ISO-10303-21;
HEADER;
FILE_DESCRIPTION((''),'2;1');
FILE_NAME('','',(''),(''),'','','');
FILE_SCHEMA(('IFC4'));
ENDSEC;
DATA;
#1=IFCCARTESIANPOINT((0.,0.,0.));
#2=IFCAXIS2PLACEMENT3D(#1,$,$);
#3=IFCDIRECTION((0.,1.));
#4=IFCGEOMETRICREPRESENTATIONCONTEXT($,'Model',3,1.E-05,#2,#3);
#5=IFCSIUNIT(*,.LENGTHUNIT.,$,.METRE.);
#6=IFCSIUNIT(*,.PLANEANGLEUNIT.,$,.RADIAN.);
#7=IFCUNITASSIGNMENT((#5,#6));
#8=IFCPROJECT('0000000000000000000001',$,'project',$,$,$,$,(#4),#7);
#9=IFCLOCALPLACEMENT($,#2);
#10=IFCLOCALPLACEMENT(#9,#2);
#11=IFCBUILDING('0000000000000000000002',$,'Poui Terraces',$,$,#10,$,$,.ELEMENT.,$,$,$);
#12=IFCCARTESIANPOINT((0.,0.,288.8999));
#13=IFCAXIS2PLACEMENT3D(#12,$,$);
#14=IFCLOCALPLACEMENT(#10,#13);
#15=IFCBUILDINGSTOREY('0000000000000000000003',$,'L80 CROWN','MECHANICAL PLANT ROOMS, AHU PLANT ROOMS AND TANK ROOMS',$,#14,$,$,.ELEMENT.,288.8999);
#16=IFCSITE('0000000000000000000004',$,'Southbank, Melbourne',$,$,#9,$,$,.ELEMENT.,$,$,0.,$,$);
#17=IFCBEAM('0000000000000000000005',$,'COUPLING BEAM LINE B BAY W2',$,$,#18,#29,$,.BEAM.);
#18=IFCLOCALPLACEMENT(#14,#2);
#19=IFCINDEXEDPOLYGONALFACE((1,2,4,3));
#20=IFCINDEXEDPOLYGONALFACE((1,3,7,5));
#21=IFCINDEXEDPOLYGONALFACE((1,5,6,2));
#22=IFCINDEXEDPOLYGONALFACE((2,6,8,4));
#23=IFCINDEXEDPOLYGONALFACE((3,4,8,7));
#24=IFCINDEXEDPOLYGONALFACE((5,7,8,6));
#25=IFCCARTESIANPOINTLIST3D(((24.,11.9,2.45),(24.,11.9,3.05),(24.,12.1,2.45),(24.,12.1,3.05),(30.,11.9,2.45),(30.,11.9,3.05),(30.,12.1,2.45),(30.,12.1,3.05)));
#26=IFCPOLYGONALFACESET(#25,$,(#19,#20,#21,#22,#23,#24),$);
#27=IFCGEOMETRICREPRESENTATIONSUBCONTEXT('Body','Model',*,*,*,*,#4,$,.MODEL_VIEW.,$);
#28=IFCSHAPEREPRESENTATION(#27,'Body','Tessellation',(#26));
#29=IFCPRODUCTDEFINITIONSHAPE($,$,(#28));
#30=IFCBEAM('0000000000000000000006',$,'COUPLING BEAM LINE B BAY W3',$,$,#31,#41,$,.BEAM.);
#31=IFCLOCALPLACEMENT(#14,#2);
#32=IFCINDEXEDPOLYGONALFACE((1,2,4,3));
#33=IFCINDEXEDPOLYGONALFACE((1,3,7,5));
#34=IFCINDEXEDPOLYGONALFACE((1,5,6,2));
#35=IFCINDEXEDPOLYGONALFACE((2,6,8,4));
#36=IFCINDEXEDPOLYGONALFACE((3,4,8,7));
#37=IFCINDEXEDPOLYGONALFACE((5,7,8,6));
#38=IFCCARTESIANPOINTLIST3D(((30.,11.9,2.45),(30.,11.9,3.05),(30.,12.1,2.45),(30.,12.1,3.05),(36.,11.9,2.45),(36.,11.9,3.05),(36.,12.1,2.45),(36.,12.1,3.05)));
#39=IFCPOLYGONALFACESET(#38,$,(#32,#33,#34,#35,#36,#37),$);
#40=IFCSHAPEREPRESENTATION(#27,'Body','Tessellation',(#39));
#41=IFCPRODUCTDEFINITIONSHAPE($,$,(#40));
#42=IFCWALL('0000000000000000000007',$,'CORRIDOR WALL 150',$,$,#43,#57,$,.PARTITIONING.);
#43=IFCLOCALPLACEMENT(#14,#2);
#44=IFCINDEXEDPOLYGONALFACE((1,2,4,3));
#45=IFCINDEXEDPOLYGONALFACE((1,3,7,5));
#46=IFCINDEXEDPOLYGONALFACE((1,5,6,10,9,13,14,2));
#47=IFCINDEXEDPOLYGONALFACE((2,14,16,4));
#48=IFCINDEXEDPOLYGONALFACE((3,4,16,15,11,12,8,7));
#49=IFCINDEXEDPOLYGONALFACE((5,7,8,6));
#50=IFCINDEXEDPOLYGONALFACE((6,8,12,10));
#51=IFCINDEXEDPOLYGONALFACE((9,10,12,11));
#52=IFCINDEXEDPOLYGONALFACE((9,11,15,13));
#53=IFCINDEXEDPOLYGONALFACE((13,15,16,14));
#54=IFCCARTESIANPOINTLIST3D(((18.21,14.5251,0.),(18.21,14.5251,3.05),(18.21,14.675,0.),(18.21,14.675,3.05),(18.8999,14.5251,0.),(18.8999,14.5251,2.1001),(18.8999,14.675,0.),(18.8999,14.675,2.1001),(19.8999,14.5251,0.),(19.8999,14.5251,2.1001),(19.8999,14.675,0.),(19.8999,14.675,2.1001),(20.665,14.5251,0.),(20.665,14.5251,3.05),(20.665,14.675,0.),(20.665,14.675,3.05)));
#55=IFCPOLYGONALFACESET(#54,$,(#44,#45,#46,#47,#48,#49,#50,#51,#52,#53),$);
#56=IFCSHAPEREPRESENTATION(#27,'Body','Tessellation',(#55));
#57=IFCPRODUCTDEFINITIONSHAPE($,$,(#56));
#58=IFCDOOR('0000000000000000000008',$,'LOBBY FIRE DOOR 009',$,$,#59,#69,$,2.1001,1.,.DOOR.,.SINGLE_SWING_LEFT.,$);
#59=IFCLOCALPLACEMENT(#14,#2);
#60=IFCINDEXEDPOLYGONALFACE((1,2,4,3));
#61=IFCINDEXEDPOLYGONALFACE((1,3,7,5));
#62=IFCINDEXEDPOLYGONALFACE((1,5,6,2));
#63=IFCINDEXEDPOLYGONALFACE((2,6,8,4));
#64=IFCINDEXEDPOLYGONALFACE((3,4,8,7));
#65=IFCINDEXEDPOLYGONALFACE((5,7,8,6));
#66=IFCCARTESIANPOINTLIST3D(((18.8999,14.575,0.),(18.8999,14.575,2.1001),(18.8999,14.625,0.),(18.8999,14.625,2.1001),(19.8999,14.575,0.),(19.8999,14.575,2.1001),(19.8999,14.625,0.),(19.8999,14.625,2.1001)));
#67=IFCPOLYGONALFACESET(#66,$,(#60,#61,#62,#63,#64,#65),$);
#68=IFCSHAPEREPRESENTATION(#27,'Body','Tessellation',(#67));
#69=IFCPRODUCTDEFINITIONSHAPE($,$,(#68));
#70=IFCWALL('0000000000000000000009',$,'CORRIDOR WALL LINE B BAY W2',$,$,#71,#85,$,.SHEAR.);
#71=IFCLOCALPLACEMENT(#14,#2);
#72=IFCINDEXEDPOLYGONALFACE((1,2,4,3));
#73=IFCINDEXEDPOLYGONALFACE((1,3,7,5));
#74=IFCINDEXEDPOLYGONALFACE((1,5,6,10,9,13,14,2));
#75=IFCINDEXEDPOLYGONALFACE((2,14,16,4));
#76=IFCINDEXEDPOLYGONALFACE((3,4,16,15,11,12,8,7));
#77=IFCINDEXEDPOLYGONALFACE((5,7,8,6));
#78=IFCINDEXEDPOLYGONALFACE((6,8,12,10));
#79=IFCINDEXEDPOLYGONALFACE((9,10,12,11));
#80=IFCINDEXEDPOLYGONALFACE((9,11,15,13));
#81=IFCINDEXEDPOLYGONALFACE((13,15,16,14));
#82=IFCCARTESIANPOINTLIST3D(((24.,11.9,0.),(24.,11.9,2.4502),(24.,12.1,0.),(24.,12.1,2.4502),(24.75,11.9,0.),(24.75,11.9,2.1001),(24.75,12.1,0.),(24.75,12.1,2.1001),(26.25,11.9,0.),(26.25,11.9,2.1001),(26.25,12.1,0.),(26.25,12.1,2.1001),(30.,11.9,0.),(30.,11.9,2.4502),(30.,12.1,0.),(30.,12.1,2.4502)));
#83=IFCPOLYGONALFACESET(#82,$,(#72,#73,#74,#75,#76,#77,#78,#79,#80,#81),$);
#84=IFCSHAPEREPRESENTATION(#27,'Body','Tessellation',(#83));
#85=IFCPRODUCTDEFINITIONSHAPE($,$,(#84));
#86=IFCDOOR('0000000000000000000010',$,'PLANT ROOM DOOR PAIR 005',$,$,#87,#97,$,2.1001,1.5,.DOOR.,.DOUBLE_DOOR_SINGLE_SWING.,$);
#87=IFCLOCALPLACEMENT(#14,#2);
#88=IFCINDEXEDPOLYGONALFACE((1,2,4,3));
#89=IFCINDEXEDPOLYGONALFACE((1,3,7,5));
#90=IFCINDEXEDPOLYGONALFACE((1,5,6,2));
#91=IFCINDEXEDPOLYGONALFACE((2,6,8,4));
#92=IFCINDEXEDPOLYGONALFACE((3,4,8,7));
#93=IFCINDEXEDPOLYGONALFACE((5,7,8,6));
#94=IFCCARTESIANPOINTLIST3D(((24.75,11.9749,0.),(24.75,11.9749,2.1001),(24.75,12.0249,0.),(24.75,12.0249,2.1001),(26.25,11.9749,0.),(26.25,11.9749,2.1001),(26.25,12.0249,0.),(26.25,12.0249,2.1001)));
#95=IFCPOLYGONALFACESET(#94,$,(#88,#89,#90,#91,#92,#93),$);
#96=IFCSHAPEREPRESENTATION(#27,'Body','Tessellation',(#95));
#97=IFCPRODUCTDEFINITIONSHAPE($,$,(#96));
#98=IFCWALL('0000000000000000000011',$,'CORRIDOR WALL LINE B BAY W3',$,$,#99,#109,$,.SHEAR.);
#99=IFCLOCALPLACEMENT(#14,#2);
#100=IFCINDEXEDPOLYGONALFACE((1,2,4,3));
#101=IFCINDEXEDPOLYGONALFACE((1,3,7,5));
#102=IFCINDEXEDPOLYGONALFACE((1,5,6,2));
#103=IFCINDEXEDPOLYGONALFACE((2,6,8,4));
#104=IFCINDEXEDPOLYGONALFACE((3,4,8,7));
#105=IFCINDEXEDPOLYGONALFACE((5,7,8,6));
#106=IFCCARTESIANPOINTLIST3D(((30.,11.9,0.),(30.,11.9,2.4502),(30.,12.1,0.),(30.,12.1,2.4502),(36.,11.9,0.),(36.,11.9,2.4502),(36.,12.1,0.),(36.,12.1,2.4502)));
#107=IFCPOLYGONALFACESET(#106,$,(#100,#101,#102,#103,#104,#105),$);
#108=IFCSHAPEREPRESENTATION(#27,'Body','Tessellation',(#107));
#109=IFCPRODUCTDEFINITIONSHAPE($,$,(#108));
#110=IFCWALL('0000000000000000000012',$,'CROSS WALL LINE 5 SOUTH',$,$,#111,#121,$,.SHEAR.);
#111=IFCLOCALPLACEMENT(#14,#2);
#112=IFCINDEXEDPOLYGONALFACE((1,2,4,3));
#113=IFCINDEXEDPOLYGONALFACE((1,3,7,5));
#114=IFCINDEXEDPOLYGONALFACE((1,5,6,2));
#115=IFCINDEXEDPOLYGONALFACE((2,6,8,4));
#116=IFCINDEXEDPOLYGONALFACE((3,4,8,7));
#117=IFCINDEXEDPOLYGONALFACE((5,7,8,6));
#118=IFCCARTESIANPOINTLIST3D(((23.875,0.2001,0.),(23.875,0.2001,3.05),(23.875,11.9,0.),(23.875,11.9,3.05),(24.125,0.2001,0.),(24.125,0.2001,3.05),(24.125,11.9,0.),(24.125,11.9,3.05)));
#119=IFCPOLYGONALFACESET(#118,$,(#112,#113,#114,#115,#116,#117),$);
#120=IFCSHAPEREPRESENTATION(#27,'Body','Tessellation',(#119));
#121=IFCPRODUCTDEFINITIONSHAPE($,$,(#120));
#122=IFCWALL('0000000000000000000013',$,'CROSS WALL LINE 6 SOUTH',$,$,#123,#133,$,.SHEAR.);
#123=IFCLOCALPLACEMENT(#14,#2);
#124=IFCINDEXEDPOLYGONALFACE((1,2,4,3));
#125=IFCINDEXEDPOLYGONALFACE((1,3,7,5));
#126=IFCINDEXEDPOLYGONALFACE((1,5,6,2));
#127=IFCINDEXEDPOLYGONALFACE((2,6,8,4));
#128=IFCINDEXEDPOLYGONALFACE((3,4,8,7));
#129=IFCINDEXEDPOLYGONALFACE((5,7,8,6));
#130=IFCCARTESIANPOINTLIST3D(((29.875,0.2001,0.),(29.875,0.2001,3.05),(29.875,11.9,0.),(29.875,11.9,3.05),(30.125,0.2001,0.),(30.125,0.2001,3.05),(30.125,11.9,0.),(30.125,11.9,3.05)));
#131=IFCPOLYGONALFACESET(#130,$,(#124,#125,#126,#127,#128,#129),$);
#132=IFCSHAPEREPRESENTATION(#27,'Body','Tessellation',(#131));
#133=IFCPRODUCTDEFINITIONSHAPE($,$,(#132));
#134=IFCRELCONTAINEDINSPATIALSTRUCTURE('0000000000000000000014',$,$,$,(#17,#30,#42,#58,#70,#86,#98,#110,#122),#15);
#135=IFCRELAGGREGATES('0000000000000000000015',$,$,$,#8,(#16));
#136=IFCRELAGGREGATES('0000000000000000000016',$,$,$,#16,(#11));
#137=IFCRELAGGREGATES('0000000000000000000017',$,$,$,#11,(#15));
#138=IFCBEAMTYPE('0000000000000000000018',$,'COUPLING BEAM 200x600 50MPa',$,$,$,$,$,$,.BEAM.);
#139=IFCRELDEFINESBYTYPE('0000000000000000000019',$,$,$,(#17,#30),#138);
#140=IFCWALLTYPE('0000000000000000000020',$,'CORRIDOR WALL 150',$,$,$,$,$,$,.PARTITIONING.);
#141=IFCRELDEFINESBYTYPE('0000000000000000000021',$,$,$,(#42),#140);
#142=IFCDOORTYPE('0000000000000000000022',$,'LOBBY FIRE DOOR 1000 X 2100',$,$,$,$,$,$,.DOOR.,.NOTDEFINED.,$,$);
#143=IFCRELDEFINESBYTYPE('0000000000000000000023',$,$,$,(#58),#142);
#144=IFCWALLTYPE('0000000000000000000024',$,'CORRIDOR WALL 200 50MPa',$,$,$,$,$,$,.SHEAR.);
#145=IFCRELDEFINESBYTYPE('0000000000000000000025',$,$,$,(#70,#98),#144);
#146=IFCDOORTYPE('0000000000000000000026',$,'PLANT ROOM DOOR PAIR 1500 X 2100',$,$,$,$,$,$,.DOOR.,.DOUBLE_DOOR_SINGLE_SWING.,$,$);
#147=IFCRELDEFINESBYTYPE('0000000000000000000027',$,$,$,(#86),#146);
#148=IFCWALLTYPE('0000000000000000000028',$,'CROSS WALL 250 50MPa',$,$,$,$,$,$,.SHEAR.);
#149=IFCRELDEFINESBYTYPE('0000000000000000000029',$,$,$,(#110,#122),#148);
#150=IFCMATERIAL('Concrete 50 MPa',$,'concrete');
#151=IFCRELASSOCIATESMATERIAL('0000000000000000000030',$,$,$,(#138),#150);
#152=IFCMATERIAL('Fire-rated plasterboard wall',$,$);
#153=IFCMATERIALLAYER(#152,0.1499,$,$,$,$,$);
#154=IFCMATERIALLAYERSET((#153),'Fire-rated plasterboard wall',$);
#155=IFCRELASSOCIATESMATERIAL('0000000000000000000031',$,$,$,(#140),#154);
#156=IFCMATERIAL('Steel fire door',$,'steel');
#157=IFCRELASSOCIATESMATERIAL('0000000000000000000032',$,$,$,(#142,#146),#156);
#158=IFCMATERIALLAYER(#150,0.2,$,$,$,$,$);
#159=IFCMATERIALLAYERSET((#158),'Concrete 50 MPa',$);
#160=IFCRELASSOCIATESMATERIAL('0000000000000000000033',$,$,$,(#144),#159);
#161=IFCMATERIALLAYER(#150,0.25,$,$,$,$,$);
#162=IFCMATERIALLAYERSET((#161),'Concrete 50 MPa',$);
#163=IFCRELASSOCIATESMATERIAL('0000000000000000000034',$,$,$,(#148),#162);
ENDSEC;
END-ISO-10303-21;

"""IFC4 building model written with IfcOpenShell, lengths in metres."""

from ifc_helpers import new_model, si_unit, direction, frame, frame_2d, origin, origin_2d, place, context, subcontext, project, spatial, rectangle, extrude, source, transform, mapped, material, layer, layer_set, material_profile, profile_set, type_object, element, fill, save


model = new_model("IFC4")

# Units and contexts
model_context = context("Model", 3, precision=1e-05, world=origin(), true_north=direction((0.0, 1.0)))
body_context = subcontext(model_context, "Body", "Model", "MODEL_VIEW")
ifc_project = project(units=[si_unit("LENGTHUNIT", "METRE"), si_unit("PLANEANGLEUNIT", "RADIAN")], contexts=[model_context])

# Site, building, storey
site_placement = place(None, origin())
site = spatial("IfcSite", under=ifc_project, at=site_placement, Name="Southbank, Melbourne", CompositionType="ELEMENT", RefElevation=0.0)
building_placement = place(site_placement, origin())
building = spatial("IfcBuilding", under=site, at=building_placement, Name="Poui Terraces", CompositionType="ELEMENT")
storey_placement = place(building_placement, frame((0.0, 0.0, 288.8999)))
storey = spatial("IfcBuildingStorey", under=building, at=storey_placement, Name="L80 CROWN", Description="MECHANICAL PLANT ROOMS, AHU PLANT ROOMS AND TANK ROOMS", CompositionType="ELEMENT", Elevation=288.8999)

# Beams
ifc_material_1 = material(Name="Concrete 50 MPa", Category="concrete")
ifc_material_profile_1 = material_profile(ifc_material_1, rectangle(XDim=0.2, YDim=0.6001, at=origin_2d()), Name="RC 200x600")
ifc_profile_set_1 = profile_set([ifc_material_profile_1], Name="Concrete 50 MPa")
beam_type = type_object("IfcBeamType", Name="COUPLING BEAM 200x600 50MPa", PredefinedType="BEAM", material=ifc_profile_set_1)
shared_shape_1 = source(origin(), body_context, "Body", "SweptSolid", [
    extrude(rectangle(XDim=0.2, YDim=0.6001, at=origin_2d()), origin(), (0.0, 0.0, 1.0), 6.0),
])
for number, where, z_axis, x_axis, name in (
    (1, (24.0, 12.0, 2.75), (1.0, 0.0, 0.0), (0.0, 1.0, 0.0), "COUPLING BEAM LINE B BAY W2"),
    (2, (30.0, 12.0, 2.75), (1.0, 0.0, 0.0), (0.0, 1.0, 0.0), "COUPLING BEAM LINE B BAY W3"),
):
    element("IfcBeam", number, at=place(storey_placement, frame(where, z_axis=z_axis, x_axis=x_axis)), inside=storey, type_object=beam_type, Name=name, PredefinedType="BEAM", context=body_context, shape_type="MappedRepresentation", body=[
        mapped(shared_shape_1, transform((0.0, 0.0, 0.0))),
    ])

# Walls, openings, doors
ifc_material_2 = material(Name="Fire-rated plasterboard wall")
ifc_layer_1 = layer(ifc_material_2, 0.1499)
ifc_layer_set_1 = layer_set([ifc_layer_1], Name="Fire-rated plasterboard wall")
wall_type_1 = type_object("IfcWallType", Name="CORRIDOR WALL 150", PredefinedType="PARTITIONING", material=ifc_layer_set_1)
wall_1_placement = place(storey_placement, frame((18.21, 14.6001, 0.0), z_axis=(0.0, 0.0, 1.0), x_axis=(1.0, 0.0, 0.0)))
wall_1 = element("IfcWall", 3, at=wall_1_placement, inside=storey, type_object=wall_type_1, Name="CORRIDOR WALL 150", PredefinedType="PARTITIONING", context=body_context, shape_type="SweptSolid", body=[
    extrude(rectangle(XDim=2.4551, YDim=0.1499, at=frame_2d((1.2275, 0.0))), origin(), (0.0, 0.0, 1.0), 3.05),
])
opening_1_placement = place(wall_1_placement, frame((0.6899, 0.0, 0.0)))
opening_1 = element("IfcOpeningElement", 4, at=opening_1_placement, cuts=wall_1, PredefinedType="OPENING", context=body_context, shape_type="SweptSolid", body=[
    extrude(rectangle(XDim=1.0, YDim=2.1001, at=frame_2d((0.5, 1.05))), frame((0.0, 0.085, 0.0), z_axis=(0.0, -1.0, 0.0), x_axis=(1.0, 0.0, 0.0)), (0.0, 0.0, 1.0), 0.1699),
])
ifc_material_3 = material(Name="Steel fire door", Category="steel")
door_type_1 = type_object("IfcDoorType", Name="LOBBY FIRE DOOR 1000 X 2100", OperationType="NOTDEFINED", PredefinedType="DOOR", material=ifc_material_3)
door_1_placement = place(opening_1_placement, origin())
door_1 = element("IfcDoor", 5, at=door_1_placement, inside=storey, type_object=door_type_1, Name="LOBBY FIRE DOOR 009", OperationType="SINGLE_SWING_LEFT", OverallHeight=2.1001, OverallWidth=1.0, PredefinedType="DOOR", context=body_context, shape_type="SweptSolid", body=[
    extrude(rectangle(XDim=1.0, YDim=2.1001, at=frame_2d((0.5, 1.05))), frame((0.0, 0.0249, 0.0), z_axis=(0.0, -1.0, 0.0), x_axis=(1.0, 0.0, 0.0)), (0.0, 0.0, 1.0), 0.05),
])
fill(opening_1, door_1)
ifc_layer_2 = layer(ifc_material_1, 0.2)
ifc_layer_set_2 = layer_set([ifc_layer_2], Name="Concrete 50 MPa")
wall_type_2 = type_object("IfcWallType", Name="CORRIDOR WALL 200 50MPa", PredefinedType="SHEAR", material=ifc_layer_set_2)
wall_2_placement = place(storey_placement, frame((24.0, 12.0, 0.0), z_axis=(0.0, 0.0, 1.0), x_axis=(1.0, 0.0, 0.0)))
wall_2 = element("IfcWall", 6, at=wall_2_placement, inside=storey, type_object=wall_type_2, Name="CORRIDOR WALL LINE B BAY W2", PredefinedType="SHEAR", context=body_context, shape_type="SweptSolid", body=[
    extrude(rectangle(XDim=6.0, YDim=0.2, at=frame_2d((3.0, 0.0))), origin(), (0.0, 0.0, 1.0), 2.4502),
])
opening_2_placement = place(wall_2_placement, frame((0.75, 0.0, 0.0)))
opening_2 = element("IfcOpeningElement", 7, at=opening_2_placement, cuts=wall_2, PredefinedType="OPENING", context=body_context, shape_type="SweptSolid", body=[
    extrude(rectangle(XDim=1.5, YDim=2.1001, at=frame_2d((0.75, 1.05))), frame((0.0, 0.1099, 0.0), z_axis=(0.0, -1.0, 0.0), x_axis=(1.0, 0.0, 0.0)), (0.0, 0.0, 1.0), 0.22),
])
door_type_2 = type_object("IfcDoorType", Name="PLANT ROOM DOOR PAIR 1500 X 2100", OperationType="DOUBLE_DOOR_SINGLE_SWING", PredefinedType="DOOR", material=ifc_material_3)
door_2_placement = place(opening_2_placement, origin())
door_2 = element("IfcDoor", 8, at=door_2_placement, inside=storey, type_object=door_type_2, Name="PLANT ROOM DOOR PAIR 005", OperationType="DOUBLE_DOOR_SINGLE_SWING", OverallHeight=2.1001, OverallWidth=1.5, PredefinedType="DOOR", context=body_context, shape_type="SweptSolid", body=[
    extrude(rectangle(XDim=1.5, YDim=2.1001, at=frame_2d((0.75, 1.05))), frame((0.0, 0.0249, 0.0), z_axis=(0.0, -1.0, 0.0), x_axis=(1.0, 0.0, 0.0)), (0.0, 0.0, 1.0), 0.05),
])
fill(opening_2, door_2)

# Walls
wall_3_placement = place(storey_placement, frame((30.0, 12.0, 0.0), z_axis=(0.0, 0.0, 1.0), x_axis=(1.0, 0.0, 0.0)))
element("IfcWall", 9, at=wall_3_placement, inside=storey, type_object=wall_type_2, Name="CORRIDOR WALL LINE B BAY W3", PredefinedType="SHEAR", context=body_context, shape_type="SweptSolid", body=[
    extrude(rectangle(XDim=6.0, YDim=0.2, at=frame_2d((3.0, 0.0))), origin(), (0.0, 0.0, 1.0), 2.4502),
])
ifc_layer_3 = layer(ifc_material_1, 0.25)
ifc_layer_set_3 = layer_set([ifc_layer_3], Name="Concrete 50 MPa")
wall_type_3 = type_object("IfcWallType", Name="CROSS WALL 250 50MPa", PredefinedType="SHEAR", material=ifc_layer_set_3)
for number, where, z_axis, x_axis, name in (
    (10, (24.0, 0.2, 0.0), (0.0, 0.0, 1.0), (0.0, 1.0, 0.0), "CROSS WALL LINE 5 SOUTH"),
    (11, (30.0, 0.2, 0.0), (0.0, 0.0, 1.0), (0.0, 1.0, 0.0), "CROSS WALL LINE 6 SOUTH"),
):
    element("IfcWall", number, at=place(storey_placement, frame(where, z_axis=z_axis, x_axis=x_axis)), inside=storey, type_object=wall_type_3, Name=name, PredefinedType="SHEAR", context=body_context, shape_type="SweptSolid", body=[
        extrude(rectangle(XDim=11.7, YDim=0.25, at=frame_2d((5.8501, 0.0))), origin(), (0.0, 0.0, 1.0), 3.05),
    ])

save(model, "model.ifc")
